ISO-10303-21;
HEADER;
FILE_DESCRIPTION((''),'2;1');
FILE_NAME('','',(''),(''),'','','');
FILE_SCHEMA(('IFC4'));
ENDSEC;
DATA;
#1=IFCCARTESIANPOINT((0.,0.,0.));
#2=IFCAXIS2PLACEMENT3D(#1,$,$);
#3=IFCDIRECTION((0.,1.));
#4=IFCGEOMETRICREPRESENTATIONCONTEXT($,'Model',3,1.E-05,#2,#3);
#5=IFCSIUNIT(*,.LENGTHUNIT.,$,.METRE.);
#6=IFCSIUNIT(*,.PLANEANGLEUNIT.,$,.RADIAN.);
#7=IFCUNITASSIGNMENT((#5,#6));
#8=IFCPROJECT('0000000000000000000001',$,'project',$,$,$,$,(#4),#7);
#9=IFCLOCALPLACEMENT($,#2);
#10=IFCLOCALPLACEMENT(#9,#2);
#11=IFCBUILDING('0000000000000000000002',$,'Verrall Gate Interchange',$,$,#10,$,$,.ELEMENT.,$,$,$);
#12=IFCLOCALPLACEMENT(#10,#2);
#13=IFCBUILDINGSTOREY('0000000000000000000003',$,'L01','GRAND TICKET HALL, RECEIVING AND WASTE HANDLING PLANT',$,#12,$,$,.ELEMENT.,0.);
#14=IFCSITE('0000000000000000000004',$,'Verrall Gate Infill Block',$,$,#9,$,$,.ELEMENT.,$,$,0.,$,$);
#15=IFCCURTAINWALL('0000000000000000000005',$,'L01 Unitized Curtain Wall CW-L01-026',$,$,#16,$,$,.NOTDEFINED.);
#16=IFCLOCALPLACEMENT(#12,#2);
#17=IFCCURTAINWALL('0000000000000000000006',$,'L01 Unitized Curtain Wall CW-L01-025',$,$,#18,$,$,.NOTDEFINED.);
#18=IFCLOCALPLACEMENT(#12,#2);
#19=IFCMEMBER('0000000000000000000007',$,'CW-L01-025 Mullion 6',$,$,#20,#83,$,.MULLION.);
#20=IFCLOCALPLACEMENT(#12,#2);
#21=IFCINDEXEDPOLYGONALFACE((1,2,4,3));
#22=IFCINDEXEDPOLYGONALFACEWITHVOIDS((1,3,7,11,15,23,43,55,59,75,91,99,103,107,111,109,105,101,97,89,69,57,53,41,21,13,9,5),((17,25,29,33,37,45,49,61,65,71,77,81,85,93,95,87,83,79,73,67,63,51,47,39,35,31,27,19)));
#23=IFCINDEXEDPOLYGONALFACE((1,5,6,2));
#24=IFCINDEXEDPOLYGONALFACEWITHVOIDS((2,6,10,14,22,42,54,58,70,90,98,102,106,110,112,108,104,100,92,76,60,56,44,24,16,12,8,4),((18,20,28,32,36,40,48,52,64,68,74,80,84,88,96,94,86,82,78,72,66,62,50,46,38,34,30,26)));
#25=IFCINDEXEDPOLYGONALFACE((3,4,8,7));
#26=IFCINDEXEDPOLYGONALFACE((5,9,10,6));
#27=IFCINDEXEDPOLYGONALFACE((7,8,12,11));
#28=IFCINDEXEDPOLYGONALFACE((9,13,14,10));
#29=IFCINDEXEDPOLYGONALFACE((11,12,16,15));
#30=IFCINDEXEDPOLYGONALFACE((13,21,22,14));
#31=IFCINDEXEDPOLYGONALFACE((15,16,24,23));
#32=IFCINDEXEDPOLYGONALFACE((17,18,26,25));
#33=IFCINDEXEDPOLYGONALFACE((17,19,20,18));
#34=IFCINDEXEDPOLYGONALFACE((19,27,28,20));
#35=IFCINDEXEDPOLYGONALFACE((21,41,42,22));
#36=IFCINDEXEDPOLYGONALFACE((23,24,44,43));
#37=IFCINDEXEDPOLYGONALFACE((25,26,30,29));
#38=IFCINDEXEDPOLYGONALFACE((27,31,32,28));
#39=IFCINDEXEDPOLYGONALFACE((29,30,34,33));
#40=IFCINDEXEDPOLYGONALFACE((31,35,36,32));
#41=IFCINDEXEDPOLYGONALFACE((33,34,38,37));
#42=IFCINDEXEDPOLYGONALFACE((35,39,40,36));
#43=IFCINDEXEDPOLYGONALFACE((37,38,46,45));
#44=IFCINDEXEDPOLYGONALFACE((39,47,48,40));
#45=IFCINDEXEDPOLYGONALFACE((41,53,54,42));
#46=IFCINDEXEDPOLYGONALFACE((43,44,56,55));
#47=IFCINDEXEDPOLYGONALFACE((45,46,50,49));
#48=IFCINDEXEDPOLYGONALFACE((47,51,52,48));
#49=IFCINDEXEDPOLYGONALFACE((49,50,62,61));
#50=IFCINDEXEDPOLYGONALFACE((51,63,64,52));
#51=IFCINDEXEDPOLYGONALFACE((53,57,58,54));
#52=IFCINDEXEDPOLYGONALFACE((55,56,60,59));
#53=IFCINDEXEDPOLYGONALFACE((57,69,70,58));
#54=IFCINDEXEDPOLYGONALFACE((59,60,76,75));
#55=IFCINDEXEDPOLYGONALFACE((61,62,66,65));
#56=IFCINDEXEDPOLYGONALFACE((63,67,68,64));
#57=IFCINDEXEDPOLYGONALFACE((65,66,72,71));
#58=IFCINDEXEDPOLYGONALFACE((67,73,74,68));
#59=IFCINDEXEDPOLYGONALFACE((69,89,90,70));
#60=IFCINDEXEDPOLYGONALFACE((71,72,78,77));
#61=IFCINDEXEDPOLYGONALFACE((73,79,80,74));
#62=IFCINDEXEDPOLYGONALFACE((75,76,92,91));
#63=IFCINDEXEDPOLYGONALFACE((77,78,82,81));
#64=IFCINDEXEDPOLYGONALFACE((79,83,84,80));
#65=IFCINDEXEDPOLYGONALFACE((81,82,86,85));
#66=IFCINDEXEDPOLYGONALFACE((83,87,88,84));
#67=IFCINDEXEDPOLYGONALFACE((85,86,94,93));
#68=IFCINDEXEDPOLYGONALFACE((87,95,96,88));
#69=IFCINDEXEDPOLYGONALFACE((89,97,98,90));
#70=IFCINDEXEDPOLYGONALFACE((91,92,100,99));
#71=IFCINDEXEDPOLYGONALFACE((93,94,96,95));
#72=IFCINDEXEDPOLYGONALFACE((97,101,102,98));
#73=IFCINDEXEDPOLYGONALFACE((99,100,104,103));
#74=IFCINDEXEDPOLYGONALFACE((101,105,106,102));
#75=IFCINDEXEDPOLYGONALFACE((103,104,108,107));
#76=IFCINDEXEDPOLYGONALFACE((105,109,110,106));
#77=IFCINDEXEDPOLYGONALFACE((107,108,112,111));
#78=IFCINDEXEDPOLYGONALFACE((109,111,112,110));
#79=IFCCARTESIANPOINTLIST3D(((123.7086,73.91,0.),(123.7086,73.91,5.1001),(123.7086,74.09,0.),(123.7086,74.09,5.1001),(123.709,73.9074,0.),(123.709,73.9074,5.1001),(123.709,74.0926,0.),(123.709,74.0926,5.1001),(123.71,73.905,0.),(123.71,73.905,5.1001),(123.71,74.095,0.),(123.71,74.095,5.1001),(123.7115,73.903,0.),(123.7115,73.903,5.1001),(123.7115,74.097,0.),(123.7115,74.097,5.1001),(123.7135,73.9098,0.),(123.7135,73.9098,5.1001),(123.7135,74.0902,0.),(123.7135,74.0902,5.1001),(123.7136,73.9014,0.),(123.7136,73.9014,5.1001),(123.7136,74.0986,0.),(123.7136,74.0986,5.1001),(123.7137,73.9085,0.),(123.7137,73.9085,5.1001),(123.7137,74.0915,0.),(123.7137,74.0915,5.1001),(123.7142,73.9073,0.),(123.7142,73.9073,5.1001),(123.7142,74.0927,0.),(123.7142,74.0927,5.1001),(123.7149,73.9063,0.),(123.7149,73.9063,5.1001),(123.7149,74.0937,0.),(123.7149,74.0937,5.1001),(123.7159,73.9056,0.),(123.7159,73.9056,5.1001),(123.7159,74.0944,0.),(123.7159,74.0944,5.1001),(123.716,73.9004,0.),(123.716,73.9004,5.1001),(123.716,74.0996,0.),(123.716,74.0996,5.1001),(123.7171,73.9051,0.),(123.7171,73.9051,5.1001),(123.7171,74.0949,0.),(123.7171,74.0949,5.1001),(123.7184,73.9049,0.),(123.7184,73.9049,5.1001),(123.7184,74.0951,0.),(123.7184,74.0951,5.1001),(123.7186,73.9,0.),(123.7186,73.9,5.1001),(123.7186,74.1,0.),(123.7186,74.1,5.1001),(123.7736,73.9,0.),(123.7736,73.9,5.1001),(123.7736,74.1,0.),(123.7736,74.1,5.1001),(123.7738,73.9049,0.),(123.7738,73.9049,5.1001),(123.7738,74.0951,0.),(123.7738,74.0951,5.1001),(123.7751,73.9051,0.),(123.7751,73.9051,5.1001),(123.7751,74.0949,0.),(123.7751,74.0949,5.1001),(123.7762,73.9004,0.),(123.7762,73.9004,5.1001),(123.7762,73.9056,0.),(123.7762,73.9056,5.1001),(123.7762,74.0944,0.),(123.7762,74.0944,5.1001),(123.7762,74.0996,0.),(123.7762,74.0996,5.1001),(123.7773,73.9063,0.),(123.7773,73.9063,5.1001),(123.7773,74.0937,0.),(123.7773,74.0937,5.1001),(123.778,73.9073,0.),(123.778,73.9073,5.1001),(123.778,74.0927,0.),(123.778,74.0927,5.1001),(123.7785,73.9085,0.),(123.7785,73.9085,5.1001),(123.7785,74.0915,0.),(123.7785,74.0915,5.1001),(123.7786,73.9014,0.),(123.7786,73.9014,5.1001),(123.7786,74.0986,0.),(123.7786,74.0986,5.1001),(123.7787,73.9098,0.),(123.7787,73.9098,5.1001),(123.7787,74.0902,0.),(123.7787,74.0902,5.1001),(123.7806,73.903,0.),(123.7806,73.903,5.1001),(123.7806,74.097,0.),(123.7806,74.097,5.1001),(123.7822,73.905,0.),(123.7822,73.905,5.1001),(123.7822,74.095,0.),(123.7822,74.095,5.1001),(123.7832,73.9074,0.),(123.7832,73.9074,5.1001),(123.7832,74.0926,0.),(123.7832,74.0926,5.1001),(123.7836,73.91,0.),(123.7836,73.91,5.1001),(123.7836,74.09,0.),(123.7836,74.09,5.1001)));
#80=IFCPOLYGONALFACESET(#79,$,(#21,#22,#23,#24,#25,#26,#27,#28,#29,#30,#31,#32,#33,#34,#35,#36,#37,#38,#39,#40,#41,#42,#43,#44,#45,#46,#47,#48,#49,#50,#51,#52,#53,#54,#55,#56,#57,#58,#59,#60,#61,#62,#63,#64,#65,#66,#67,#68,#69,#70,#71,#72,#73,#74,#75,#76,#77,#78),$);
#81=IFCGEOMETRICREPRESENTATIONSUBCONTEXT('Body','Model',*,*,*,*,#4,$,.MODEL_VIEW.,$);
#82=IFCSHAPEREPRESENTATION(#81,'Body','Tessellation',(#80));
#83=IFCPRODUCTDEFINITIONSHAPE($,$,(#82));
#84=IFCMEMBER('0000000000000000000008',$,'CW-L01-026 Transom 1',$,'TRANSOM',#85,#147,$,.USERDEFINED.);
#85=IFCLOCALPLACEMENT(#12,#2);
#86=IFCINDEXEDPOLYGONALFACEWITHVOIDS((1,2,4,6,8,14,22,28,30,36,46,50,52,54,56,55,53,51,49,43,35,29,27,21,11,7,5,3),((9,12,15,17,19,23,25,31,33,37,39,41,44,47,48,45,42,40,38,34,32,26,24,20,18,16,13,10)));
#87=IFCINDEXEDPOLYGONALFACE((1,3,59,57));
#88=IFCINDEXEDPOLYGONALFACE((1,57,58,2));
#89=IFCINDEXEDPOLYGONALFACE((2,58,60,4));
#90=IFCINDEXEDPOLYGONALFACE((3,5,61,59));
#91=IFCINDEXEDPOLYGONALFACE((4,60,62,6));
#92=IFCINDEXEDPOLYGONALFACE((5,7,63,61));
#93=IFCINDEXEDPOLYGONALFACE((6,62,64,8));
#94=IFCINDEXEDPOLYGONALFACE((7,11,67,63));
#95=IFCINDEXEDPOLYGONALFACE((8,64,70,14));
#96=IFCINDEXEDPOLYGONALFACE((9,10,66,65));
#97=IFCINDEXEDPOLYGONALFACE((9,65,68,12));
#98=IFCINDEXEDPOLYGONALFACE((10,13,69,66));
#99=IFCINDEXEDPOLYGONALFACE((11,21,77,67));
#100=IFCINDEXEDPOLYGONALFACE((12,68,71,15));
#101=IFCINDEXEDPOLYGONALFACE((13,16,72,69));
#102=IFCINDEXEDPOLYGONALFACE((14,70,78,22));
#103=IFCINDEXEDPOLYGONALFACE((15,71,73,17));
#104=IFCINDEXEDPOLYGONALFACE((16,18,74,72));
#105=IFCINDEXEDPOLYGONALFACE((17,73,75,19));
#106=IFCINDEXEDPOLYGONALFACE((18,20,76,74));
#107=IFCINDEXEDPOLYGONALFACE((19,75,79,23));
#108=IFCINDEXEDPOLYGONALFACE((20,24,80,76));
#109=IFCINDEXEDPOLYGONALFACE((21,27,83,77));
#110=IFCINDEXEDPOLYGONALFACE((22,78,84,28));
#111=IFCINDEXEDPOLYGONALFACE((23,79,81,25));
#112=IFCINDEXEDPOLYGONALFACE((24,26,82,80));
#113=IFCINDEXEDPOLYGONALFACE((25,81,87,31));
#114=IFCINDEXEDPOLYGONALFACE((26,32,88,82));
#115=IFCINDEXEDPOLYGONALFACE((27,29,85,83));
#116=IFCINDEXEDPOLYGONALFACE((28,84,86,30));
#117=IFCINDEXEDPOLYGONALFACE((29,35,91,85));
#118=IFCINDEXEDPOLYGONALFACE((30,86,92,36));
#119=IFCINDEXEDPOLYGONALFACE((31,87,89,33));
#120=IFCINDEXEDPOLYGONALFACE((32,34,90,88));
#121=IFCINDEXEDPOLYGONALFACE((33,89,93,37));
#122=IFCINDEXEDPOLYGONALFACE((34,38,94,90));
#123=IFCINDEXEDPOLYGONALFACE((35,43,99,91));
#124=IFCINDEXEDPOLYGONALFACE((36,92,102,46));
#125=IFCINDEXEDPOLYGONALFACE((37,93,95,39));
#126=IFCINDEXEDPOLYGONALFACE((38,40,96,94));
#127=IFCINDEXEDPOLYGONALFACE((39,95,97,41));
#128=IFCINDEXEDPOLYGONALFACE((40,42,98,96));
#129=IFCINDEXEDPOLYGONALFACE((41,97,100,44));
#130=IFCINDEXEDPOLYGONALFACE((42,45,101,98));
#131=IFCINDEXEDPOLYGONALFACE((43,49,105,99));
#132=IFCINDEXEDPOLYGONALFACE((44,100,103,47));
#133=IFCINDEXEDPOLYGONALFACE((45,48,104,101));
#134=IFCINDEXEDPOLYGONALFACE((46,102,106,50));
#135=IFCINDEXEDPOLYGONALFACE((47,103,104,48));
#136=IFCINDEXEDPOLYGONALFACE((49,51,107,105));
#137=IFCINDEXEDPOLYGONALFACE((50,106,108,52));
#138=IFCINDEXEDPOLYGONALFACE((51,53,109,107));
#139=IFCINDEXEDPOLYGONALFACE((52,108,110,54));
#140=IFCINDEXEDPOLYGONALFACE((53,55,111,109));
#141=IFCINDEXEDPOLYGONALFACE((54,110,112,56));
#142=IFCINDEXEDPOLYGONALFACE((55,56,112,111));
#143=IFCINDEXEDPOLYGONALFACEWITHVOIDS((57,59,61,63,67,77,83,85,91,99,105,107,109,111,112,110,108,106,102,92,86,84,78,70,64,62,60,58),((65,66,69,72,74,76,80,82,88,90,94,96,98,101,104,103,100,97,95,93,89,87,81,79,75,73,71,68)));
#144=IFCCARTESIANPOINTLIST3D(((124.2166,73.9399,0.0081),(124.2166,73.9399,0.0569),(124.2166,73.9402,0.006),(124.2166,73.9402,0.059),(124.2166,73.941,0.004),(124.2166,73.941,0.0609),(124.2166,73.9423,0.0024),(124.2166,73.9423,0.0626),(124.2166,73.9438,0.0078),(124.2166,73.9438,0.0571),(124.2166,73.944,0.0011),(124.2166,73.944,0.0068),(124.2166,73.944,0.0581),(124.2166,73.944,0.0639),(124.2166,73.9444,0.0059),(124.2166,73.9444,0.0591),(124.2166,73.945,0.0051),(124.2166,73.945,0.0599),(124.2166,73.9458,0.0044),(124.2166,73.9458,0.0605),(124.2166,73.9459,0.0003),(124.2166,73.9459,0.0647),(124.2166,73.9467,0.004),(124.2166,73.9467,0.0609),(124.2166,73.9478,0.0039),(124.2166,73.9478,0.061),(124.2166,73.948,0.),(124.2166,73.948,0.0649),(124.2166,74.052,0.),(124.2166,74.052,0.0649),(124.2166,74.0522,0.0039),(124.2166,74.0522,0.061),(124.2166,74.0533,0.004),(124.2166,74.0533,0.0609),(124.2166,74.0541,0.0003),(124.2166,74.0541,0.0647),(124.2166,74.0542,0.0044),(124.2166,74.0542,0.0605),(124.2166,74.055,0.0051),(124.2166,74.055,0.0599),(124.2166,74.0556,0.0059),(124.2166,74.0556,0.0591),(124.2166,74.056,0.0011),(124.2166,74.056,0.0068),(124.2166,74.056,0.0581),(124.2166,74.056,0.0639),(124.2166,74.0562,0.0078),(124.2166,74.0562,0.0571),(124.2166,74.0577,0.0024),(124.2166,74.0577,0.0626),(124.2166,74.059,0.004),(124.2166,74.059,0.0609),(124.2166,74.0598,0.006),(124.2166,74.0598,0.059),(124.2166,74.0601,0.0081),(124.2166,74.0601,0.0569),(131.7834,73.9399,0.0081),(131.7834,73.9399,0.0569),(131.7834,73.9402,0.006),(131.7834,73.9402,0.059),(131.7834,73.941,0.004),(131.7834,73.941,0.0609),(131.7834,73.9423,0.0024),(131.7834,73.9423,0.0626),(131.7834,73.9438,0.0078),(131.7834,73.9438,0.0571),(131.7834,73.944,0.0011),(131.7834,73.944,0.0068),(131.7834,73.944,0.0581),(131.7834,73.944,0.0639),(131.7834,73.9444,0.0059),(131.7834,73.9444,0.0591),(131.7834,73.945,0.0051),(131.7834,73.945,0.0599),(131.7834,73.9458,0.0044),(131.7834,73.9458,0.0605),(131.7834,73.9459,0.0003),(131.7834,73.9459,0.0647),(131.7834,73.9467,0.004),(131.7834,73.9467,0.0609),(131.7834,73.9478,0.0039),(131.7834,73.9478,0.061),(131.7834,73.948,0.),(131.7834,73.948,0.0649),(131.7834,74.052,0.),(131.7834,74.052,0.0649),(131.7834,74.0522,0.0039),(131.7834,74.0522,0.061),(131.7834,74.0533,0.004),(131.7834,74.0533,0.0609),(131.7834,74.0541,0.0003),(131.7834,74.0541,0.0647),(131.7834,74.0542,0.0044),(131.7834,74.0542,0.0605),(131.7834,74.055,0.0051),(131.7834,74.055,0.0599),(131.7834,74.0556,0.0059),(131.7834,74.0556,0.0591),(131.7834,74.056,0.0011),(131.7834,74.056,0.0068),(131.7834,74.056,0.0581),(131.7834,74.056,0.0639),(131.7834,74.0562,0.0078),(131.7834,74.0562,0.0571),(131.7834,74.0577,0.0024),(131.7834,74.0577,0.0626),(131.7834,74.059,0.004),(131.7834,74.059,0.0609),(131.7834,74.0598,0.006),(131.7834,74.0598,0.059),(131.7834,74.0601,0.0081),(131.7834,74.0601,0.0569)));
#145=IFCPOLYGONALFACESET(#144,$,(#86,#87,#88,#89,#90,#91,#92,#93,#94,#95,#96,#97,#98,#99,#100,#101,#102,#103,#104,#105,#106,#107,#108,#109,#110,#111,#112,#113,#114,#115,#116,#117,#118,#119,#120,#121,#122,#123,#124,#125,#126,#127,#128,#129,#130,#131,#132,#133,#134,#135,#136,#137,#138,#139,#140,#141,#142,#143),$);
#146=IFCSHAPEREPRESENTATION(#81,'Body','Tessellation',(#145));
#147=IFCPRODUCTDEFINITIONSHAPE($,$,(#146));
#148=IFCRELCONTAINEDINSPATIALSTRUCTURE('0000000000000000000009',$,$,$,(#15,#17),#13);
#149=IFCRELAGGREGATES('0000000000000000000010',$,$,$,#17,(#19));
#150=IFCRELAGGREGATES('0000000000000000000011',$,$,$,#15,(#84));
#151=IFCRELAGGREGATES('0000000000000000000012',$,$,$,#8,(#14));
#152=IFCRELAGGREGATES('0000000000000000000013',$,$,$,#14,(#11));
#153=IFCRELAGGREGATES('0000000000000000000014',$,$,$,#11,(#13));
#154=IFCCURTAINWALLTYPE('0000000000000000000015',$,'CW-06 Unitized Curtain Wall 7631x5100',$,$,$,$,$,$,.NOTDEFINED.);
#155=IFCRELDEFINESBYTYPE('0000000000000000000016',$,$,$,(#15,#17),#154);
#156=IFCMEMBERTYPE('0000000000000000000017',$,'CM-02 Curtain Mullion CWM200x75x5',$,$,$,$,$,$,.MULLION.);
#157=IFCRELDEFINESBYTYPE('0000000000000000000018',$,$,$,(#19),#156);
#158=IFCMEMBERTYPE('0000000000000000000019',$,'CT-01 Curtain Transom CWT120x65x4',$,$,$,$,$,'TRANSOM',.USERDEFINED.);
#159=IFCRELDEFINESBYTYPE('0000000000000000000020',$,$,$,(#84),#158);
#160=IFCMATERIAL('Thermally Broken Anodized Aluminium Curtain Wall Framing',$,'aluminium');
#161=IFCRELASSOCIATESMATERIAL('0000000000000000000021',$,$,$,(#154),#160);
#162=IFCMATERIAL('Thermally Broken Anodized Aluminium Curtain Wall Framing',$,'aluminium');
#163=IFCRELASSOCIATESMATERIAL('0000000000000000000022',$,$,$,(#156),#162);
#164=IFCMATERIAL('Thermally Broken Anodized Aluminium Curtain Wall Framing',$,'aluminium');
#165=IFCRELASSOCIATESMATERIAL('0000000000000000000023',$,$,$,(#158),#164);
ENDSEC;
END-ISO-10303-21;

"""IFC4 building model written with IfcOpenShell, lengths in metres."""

from ifc_helpers import new_model, si_unit, direction, frame, origin, origin_2d, place, context, subcontext, project, spatial, hollow_rectangle, extrude, material, material_profile, profile_set, type_object, element, aggregate, save


model = new_model("IFC4")

# Units and contexts
model_context = context("Model", 3, precision=1e-05, world=origin(), true_north=direction((0.0, 1.0)))
body_context = subcontext(model_context, "Body", "Model", "MODEL_VIEW")
ifc_project = project(units=[si_unit("LENGTHUNIT", "METRE"), si_unit("PLANEANGLEUNIT", "RADIAN")], contexts=[model_context])

# Site, building, storey
site_placement = place(None, origin())
site = spatial("IfcSite", under=ifc_project, at=site_placement, Name="Verrall Gate Infill Block", CompositionType="ELEMENT", RefElevation=0.0)
building_placement = place(site_placement, origin())
building = spatial("IfcBuilding", under=site, at=building_placement, Name="Verrall Gate Interchange", CompositionType="ELEMENT")
storey_placement = place(building_placement, origin())
storey = spatial("IfcBuildingStorey", under=building, at=storey_placement, Name="L01", Description="GRAND TICKET HALL, RECEIVING AND WASTE HANDLING PLANT", CompositionType="ELEMENT", Elevation=0.0)

# Curtain walls, member
ifc_material_1 = material(Name="Thermally Broken Anodized Aluminium Curtain Wall Framing", Category="aluminium")
curtain_wall_type = type_object("IfcCurtainWallType", Name="CW-06 Unitized Curtain Wall 7631x5100", PredefinedType="NOTDEFINED", material=ifc_material_1)
curtain_wall_1_placement = place(storey_placement, origin())
curtain_wall_1 = element("IfcCurtainWall", 1, at=curtain_wall_1_placement, inside=storey, type_object=curtain_wall_type, Name="L01 Unitized Curtain Wall CW-L01-026", PredefinedType="NOTDEFINED")
curtain_wall_2_placement = place(storey_placement, origin())
curtain_wall_2 = element("IfcCurtainWall", 2, at=curtain_wall_2_placement, inside=storey, type_object=curtain_wall_type, Name="L01 Unitized Curtain Wall CW-L01-025", PredefinedType="NOTDEFINED")
ifc_material_2 = material(Name="Thermally Broken Anodized Aluminium Curtain Wall Framing", Category="aluminium")
ifc_material_profile_1 = material_profile(ifc_material_2, hollow_rectangle(XDim=0.075, YDim=0.2, WallThickness=0.0049, InnerFilletRadius=0.0049, OuterFilletRadius=0.01, at=origin_2d()), Name="CWM200x75x5")
ifc_profile_set_1 = profile_set([ifc_material_profile_1], Name="Thermally Broken Anodized Aluminium Curtain Wall Framing")
member_type_1 = type_object("IfcMemberType", Name="CM-02 Curtain Mullion CWM200x75x5", PredefinedType="MULLION", material=ifc_profile_set_1)
member_1_placement = place(storey_placement, frame((123.7461, 74.0, 0.0), z_axis=(0.0, 0.0, 1.0), x_axis=(1.0, 0.0, 0.0)))
member_1 = element("IfcMember", 3, at=member_1_placement, type_object=member_type_1, Name="CW-L01-025 Mullion 6", PredefinedType="MULLION", context=body_context, shape_type="SweptSolid", body=[
    extrude(hollow_rectangle(XDim=0.075, YDim=0.2, WallThickness=0.0049, InnerFilletRadius=0.0049, OuterFilletRadius=0.01, at=origin_2d()), origin(), (0.0, 0.0, 1.0), 5.1001),
])

# Member
ifc_material_3 = material(Name="Thermally Broken Anodized Aluminium Curtain Wall Framing", Category="aluminium")
ifc_material_profile_2 = material_profile(ifc_material_3, hollow_rectangle(XDim=0.1201, YDim=0.0649, WallThickness=0.0039, InnerFilletRadius=0.0039, OuterFilletRadius=0.0081, at=origin_2d()), Name="CWT120x65x4")
ifc_profile_set_2 = profile_set([ifc_material_profile_2], Name="Thermally Broken Anodized Aluminium Curtain Wall Framing")
member_type_2 = type_object("IfcMemberType", Name="CT-01 Curtain Transom CWT120x65x4", ElementType="TRANSOM", PredefinedType="USERDEFINED", material=ifc_profile_set_2)
member_2_placement = place(storey_placement, frame((124.2166, 74.0, 0.0325), z_axis=(1.0, 0.0, 0.0), x_axis=(0.0, 1.0, 0.0)))
member_2 = element("IfcMember", 4, at=member_2_placement, type_object=member_type_2, Name="CW-L01-026 Transom 1", ObjectType="TRANSOM", PredefinedType="USERDEFINED", context=body_context, shape_type="SweptSolid", body=[
    extrude(hollow_rectangle(XDim=0.1201, YDim=0.0649, WallThickness=0.0039, InnerFilletRadius=0.0039, OuterFilletRadius=0.0081, at=origin_2d()), origin(), (0.0, 0.0, 1.0), 7.5669),
])

aggregate(curtain_wall_2, [member_1])
aggregate(curtain_wall_1, [member_2])

save(model, "model.ifc")
